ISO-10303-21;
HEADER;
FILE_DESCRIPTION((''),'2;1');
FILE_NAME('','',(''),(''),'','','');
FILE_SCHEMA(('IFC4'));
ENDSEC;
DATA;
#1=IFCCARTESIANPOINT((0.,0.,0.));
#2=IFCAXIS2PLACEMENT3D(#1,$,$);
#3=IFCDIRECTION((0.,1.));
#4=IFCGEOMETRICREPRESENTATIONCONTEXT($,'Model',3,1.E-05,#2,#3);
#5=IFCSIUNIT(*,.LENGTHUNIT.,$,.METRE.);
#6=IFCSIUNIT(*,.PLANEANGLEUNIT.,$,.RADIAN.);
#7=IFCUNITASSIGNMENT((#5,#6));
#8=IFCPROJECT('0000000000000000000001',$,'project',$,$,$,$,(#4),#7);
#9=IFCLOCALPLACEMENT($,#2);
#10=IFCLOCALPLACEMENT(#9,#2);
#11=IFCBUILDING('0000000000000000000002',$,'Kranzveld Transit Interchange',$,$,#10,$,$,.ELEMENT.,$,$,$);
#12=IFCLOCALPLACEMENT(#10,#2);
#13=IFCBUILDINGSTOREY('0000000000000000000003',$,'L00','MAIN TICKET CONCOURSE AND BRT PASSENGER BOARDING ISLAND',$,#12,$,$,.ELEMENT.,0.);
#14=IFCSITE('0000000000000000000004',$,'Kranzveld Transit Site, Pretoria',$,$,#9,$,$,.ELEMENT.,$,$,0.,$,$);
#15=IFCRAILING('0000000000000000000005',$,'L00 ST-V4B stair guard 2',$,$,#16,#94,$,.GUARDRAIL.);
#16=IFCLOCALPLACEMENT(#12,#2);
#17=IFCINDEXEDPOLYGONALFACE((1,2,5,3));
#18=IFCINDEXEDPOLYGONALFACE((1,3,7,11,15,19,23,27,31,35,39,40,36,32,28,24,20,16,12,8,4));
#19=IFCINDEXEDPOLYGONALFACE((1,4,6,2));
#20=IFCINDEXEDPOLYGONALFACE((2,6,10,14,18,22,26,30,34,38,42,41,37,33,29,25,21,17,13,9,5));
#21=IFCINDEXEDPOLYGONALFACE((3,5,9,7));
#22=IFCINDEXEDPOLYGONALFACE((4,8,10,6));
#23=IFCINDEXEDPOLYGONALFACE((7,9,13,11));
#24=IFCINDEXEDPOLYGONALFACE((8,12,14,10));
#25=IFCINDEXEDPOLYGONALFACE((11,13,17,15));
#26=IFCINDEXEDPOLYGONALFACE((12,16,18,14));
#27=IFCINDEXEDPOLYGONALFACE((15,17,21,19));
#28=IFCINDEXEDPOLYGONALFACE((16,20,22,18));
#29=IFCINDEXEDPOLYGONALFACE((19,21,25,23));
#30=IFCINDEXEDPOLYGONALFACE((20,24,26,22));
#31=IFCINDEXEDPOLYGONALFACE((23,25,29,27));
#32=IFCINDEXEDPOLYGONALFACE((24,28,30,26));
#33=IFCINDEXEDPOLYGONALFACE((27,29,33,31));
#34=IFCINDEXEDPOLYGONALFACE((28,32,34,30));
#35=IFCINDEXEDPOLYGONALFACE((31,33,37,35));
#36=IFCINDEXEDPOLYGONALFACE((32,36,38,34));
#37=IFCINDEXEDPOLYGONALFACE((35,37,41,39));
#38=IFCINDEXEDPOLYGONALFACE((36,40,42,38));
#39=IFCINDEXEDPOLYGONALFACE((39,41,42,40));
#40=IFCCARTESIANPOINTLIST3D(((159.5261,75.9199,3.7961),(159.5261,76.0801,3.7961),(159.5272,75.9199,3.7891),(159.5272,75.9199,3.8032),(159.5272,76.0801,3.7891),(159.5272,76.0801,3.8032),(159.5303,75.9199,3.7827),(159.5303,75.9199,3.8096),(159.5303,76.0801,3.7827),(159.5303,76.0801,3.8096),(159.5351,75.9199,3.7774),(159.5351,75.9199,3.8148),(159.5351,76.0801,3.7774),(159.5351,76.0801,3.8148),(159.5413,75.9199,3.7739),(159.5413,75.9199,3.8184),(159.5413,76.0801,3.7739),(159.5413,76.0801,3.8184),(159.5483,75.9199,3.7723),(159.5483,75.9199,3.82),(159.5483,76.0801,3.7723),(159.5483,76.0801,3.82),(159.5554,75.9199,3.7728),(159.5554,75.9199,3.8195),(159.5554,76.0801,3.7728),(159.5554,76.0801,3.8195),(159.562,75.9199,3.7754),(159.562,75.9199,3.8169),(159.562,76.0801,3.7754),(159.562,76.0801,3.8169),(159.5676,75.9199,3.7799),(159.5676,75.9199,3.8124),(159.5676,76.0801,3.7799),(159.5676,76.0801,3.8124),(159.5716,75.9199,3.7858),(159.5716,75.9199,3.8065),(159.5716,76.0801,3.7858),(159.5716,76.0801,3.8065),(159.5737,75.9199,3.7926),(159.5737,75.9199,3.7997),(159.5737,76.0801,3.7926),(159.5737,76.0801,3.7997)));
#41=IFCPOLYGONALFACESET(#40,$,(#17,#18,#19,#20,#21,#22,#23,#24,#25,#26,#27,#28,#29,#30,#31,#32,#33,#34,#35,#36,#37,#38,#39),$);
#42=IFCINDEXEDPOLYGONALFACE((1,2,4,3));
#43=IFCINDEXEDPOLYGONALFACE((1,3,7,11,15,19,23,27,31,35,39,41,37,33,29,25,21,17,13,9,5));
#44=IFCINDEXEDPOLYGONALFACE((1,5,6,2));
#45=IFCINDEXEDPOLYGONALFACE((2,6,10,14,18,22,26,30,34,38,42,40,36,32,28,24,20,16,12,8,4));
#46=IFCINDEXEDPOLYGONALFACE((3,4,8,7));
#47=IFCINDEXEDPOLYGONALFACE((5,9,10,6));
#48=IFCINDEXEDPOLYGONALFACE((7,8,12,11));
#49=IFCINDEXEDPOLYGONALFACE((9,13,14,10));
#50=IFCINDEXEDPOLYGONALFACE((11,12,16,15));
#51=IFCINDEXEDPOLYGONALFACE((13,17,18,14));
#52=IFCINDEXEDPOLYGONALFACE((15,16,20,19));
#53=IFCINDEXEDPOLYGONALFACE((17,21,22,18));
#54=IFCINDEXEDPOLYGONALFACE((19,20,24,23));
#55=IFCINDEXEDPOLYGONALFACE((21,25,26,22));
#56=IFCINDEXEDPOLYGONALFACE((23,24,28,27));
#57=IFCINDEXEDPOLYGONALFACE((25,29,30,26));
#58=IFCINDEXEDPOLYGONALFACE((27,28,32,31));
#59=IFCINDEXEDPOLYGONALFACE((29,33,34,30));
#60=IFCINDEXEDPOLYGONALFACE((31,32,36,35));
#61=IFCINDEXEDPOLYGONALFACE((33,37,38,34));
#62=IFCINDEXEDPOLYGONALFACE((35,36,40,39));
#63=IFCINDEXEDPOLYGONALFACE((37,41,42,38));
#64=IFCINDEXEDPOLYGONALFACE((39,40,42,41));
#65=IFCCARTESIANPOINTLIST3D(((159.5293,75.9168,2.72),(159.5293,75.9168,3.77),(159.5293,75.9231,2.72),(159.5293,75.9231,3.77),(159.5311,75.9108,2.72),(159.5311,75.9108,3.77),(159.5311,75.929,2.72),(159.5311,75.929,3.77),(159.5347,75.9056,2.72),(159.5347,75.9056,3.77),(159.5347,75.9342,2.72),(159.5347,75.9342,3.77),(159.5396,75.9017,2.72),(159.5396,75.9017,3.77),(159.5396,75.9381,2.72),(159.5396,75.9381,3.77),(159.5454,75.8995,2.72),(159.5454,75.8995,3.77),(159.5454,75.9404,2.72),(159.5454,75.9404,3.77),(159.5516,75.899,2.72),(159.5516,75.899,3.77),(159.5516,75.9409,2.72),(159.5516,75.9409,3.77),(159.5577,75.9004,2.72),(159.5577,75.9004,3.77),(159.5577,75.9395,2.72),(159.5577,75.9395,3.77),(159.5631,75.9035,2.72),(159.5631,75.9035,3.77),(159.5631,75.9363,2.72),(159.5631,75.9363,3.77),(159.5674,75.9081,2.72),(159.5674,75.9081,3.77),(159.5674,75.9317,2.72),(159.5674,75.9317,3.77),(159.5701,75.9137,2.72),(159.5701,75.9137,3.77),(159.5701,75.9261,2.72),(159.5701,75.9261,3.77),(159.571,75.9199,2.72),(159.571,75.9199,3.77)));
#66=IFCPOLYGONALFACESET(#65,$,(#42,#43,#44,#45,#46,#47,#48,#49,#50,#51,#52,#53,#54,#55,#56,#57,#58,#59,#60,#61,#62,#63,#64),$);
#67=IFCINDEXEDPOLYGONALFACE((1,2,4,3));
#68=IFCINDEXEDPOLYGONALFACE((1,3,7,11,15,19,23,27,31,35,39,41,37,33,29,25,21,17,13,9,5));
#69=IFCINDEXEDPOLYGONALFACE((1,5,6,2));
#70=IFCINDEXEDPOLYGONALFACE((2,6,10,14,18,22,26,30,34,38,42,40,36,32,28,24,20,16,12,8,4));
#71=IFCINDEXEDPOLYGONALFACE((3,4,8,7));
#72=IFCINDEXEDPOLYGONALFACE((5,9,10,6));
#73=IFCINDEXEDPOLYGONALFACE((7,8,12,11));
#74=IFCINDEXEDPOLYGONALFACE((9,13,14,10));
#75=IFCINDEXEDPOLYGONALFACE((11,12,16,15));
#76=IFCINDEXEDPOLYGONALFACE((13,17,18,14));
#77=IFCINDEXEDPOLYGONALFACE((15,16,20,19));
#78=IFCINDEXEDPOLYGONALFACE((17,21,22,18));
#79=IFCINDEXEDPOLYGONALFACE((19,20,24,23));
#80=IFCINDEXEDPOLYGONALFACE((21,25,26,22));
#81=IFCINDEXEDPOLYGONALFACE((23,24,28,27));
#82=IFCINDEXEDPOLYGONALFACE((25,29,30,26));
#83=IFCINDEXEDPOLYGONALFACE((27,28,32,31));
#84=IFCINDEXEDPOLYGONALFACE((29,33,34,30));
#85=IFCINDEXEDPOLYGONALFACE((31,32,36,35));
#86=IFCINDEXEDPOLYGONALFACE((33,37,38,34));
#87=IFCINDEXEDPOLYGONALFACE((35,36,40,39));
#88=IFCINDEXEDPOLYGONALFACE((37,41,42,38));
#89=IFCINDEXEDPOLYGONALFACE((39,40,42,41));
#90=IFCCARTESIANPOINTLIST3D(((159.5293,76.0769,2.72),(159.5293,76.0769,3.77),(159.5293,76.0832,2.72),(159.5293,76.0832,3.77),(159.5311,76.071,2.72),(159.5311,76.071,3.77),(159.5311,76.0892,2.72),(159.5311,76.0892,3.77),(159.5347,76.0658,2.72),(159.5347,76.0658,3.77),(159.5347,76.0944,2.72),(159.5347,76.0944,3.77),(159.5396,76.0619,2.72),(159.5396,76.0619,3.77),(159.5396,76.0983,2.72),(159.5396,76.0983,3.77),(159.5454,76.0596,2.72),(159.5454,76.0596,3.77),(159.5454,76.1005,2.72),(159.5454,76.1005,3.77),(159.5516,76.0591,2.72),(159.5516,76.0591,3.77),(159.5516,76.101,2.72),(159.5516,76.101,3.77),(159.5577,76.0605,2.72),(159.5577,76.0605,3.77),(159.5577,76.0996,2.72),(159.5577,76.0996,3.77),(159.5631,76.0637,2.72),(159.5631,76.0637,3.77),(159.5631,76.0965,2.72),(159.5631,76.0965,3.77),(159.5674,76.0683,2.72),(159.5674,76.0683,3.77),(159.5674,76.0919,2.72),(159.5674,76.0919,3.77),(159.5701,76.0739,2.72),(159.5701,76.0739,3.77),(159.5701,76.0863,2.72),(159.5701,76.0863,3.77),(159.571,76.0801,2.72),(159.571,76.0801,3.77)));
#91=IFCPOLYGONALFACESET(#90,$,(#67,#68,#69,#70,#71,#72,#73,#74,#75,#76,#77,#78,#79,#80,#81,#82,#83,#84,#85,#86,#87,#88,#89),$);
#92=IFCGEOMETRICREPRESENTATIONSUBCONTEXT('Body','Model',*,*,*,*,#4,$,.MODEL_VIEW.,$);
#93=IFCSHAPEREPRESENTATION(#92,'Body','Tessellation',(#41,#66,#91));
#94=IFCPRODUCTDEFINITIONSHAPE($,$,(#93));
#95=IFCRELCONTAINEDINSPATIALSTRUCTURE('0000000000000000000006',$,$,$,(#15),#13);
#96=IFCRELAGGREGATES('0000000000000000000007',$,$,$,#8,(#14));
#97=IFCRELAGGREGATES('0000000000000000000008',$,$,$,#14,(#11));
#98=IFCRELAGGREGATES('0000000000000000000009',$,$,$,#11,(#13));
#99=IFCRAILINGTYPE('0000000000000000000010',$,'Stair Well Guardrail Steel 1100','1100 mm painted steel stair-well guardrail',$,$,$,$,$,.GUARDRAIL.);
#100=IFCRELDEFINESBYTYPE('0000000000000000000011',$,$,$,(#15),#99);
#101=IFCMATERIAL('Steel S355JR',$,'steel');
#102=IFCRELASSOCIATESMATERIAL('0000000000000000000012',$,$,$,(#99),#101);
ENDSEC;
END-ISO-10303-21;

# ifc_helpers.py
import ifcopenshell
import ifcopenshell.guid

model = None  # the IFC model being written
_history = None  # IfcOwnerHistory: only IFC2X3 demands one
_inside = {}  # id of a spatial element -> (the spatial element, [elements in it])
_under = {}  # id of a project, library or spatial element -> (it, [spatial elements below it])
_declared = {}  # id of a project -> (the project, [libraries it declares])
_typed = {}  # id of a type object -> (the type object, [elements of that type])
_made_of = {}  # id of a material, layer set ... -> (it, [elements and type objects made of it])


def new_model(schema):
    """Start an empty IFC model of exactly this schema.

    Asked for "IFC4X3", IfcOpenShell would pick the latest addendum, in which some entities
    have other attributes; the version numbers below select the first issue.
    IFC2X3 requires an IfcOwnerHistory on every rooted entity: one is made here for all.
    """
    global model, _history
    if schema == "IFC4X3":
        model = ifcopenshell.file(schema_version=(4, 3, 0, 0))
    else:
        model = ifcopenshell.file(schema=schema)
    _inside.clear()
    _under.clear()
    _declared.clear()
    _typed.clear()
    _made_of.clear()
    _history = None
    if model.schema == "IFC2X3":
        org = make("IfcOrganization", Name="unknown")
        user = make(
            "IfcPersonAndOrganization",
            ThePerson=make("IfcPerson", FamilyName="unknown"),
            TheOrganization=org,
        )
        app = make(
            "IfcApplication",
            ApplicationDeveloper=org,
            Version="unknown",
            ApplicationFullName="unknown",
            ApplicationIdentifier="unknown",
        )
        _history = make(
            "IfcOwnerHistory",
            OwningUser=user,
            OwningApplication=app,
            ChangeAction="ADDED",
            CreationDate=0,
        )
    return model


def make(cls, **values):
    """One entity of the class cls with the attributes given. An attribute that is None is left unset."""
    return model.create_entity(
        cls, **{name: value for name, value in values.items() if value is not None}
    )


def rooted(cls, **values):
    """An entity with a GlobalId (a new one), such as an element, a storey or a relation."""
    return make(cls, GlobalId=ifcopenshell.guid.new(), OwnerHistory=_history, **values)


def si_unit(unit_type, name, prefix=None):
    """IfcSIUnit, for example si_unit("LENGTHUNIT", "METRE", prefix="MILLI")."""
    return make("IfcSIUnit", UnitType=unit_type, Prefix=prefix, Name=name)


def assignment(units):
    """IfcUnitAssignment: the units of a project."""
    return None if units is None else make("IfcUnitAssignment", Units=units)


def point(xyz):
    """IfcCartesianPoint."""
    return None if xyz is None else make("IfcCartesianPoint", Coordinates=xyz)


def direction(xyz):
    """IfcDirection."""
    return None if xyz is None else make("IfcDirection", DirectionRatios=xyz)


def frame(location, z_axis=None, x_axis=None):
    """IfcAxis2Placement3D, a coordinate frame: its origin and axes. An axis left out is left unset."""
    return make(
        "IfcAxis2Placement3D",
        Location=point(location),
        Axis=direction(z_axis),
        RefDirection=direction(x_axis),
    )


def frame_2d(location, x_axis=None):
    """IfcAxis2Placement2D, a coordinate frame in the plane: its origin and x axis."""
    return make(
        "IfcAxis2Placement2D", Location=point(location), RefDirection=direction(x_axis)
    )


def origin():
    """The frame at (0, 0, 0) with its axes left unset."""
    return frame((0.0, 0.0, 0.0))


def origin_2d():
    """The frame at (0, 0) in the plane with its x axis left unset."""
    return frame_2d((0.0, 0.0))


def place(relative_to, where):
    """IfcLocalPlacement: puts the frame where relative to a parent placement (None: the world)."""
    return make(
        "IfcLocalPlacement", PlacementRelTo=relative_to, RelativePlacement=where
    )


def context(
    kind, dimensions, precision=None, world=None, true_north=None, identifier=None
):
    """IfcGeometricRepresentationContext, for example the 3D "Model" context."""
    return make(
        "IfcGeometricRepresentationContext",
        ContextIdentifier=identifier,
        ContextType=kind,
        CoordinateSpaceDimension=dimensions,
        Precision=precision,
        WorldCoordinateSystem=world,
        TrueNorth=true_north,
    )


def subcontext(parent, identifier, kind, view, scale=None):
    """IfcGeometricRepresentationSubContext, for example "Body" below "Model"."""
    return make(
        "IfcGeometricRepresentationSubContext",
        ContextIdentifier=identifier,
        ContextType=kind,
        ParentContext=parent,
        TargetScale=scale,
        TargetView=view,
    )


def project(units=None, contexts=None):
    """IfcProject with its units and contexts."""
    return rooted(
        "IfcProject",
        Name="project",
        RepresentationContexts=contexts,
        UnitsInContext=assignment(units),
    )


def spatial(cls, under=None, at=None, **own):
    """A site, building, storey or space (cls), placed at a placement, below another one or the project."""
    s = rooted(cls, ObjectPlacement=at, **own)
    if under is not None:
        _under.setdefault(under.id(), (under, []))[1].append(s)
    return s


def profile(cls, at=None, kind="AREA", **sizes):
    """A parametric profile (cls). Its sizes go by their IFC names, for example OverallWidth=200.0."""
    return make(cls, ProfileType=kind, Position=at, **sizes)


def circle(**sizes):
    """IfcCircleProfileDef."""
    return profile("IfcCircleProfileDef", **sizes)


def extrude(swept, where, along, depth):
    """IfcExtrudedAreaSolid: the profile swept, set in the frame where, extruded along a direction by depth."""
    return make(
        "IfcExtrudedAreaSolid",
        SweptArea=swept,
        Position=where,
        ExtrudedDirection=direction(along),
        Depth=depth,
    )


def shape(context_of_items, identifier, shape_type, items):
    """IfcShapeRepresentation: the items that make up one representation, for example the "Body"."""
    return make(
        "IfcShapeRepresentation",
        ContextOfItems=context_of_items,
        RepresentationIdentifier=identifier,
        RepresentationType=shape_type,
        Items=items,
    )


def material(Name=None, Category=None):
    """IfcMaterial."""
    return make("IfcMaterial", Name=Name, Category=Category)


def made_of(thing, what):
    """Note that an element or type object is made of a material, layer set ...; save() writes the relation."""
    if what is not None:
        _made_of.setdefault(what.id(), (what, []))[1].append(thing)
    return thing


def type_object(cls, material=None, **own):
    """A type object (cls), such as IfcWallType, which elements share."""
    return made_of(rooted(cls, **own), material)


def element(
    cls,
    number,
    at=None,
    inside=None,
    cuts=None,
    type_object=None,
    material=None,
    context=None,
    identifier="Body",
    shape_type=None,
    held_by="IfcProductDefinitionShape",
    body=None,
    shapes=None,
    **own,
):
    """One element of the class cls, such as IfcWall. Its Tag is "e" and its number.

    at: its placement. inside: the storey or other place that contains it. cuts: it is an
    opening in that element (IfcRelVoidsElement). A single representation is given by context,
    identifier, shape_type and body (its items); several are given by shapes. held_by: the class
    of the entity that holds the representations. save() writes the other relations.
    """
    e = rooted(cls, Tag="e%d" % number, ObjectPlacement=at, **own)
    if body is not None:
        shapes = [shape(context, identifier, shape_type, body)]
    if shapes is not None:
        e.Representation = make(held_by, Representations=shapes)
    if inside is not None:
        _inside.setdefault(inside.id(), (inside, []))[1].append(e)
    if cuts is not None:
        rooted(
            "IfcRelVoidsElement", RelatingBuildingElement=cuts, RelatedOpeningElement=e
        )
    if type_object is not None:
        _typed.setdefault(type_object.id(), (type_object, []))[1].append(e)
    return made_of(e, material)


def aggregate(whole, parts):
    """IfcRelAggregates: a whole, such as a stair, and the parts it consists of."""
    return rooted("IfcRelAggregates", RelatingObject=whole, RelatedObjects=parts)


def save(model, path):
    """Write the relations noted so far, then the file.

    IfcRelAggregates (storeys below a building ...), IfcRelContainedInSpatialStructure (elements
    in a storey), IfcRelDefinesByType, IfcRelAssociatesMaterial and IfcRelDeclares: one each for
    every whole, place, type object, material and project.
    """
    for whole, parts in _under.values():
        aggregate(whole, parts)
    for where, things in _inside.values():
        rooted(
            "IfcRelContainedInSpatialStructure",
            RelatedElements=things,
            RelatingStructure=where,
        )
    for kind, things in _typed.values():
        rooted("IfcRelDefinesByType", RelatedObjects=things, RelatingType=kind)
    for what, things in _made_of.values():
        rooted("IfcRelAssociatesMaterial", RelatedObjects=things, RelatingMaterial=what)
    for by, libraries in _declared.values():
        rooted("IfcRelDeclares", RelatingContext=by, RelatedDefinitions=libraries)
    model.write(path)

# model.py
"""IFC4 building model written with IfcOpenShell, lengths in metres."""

from ifc_helpers import new_model, si_unit, direction, frame, origin, origin_2d, place, context, subcontext, project, spatial, circle, extrude, material, type_object, element, save


model = new_model("IFC4")

# Units and contexts
model_context = context("Model", 3, precision=1e-05, world=origin(), true_north=direction((0.0, 1.0)))
body_context = subcontext(model_context, "Body", "Model", "MODEL_VIEW")
ifc_project = project(units=[si_unit("LENGTHUNIT", "METRE"), si_unit("PLANEANGLEUNIT", "RADIAN")], contexts=[model_context])

# Site, building, storey
site_placement = place(None, origin())
site = spatial("IfcSite", under=ifc_project, at=site_placement, Name="Kranzveld Transit Site, Pretoria", CompositionType="ELEMENT", RefElevation=0.0)
building_placement = place(site_placement, origin())
building = spatial("IfcBuilding", under=site, at=building_placement, Name="Kranzveld Transit Interchange", CompositionType="ELEMENT")
storey_placement = place(building_placement, origin())
storey = spatial("IfcBuildingStorey", under=building, at=storey_placement, Name="L00", Description="MAIN TICKET CONCOURSE AND BRT PASSENGER BOARDING ISLAND", CompositionType="ELEMENT", Elevation=0.0)

# Railing
ifc_material_1 = material(Name="Steel S355JR", Category="steel")
railing_type_1 = type_object("IfcRailingType", Name="Stair Well Guardrail Steel 1100", Description="1100 mm painted steel stair-well guardrail", PredefinedType="GUARDRAIL", material=ifc_material_1)
railing_1_placement = place(storey_placement, frame((159.55, 75.9199, 2.72)))
element("IfcRailing", 1, at=railing_1_placement, inside=storey, type_object=railing_type_1, Name="L00 ST-V4B stair guard 2", PredefinedType="GUARDRAIL", context=body_context, shape_type="SweptSolid", body=[
    extrude(circle(Radius=0.0239, at=origin_2d()), frame((0.0, 0.0, 1.0762), z_axis=(0.0, 1.0, 0.0), x_axis=(-1.0, 0.0, 0.0)), (0.0, 0.0, 1.0), 0.1602),
    extrude(circle(Radius=0.021, at=origin_2d()), origin(), (0.0, 0.0, 1.0), 1.05),
    extrude(circle(Radius=0.021, at=origin_2d()), frame((0.0, 0.1602, 0.0)), (0.0, 0.0, 1.0), 1.05),
])

save(model, "model.ifc")
